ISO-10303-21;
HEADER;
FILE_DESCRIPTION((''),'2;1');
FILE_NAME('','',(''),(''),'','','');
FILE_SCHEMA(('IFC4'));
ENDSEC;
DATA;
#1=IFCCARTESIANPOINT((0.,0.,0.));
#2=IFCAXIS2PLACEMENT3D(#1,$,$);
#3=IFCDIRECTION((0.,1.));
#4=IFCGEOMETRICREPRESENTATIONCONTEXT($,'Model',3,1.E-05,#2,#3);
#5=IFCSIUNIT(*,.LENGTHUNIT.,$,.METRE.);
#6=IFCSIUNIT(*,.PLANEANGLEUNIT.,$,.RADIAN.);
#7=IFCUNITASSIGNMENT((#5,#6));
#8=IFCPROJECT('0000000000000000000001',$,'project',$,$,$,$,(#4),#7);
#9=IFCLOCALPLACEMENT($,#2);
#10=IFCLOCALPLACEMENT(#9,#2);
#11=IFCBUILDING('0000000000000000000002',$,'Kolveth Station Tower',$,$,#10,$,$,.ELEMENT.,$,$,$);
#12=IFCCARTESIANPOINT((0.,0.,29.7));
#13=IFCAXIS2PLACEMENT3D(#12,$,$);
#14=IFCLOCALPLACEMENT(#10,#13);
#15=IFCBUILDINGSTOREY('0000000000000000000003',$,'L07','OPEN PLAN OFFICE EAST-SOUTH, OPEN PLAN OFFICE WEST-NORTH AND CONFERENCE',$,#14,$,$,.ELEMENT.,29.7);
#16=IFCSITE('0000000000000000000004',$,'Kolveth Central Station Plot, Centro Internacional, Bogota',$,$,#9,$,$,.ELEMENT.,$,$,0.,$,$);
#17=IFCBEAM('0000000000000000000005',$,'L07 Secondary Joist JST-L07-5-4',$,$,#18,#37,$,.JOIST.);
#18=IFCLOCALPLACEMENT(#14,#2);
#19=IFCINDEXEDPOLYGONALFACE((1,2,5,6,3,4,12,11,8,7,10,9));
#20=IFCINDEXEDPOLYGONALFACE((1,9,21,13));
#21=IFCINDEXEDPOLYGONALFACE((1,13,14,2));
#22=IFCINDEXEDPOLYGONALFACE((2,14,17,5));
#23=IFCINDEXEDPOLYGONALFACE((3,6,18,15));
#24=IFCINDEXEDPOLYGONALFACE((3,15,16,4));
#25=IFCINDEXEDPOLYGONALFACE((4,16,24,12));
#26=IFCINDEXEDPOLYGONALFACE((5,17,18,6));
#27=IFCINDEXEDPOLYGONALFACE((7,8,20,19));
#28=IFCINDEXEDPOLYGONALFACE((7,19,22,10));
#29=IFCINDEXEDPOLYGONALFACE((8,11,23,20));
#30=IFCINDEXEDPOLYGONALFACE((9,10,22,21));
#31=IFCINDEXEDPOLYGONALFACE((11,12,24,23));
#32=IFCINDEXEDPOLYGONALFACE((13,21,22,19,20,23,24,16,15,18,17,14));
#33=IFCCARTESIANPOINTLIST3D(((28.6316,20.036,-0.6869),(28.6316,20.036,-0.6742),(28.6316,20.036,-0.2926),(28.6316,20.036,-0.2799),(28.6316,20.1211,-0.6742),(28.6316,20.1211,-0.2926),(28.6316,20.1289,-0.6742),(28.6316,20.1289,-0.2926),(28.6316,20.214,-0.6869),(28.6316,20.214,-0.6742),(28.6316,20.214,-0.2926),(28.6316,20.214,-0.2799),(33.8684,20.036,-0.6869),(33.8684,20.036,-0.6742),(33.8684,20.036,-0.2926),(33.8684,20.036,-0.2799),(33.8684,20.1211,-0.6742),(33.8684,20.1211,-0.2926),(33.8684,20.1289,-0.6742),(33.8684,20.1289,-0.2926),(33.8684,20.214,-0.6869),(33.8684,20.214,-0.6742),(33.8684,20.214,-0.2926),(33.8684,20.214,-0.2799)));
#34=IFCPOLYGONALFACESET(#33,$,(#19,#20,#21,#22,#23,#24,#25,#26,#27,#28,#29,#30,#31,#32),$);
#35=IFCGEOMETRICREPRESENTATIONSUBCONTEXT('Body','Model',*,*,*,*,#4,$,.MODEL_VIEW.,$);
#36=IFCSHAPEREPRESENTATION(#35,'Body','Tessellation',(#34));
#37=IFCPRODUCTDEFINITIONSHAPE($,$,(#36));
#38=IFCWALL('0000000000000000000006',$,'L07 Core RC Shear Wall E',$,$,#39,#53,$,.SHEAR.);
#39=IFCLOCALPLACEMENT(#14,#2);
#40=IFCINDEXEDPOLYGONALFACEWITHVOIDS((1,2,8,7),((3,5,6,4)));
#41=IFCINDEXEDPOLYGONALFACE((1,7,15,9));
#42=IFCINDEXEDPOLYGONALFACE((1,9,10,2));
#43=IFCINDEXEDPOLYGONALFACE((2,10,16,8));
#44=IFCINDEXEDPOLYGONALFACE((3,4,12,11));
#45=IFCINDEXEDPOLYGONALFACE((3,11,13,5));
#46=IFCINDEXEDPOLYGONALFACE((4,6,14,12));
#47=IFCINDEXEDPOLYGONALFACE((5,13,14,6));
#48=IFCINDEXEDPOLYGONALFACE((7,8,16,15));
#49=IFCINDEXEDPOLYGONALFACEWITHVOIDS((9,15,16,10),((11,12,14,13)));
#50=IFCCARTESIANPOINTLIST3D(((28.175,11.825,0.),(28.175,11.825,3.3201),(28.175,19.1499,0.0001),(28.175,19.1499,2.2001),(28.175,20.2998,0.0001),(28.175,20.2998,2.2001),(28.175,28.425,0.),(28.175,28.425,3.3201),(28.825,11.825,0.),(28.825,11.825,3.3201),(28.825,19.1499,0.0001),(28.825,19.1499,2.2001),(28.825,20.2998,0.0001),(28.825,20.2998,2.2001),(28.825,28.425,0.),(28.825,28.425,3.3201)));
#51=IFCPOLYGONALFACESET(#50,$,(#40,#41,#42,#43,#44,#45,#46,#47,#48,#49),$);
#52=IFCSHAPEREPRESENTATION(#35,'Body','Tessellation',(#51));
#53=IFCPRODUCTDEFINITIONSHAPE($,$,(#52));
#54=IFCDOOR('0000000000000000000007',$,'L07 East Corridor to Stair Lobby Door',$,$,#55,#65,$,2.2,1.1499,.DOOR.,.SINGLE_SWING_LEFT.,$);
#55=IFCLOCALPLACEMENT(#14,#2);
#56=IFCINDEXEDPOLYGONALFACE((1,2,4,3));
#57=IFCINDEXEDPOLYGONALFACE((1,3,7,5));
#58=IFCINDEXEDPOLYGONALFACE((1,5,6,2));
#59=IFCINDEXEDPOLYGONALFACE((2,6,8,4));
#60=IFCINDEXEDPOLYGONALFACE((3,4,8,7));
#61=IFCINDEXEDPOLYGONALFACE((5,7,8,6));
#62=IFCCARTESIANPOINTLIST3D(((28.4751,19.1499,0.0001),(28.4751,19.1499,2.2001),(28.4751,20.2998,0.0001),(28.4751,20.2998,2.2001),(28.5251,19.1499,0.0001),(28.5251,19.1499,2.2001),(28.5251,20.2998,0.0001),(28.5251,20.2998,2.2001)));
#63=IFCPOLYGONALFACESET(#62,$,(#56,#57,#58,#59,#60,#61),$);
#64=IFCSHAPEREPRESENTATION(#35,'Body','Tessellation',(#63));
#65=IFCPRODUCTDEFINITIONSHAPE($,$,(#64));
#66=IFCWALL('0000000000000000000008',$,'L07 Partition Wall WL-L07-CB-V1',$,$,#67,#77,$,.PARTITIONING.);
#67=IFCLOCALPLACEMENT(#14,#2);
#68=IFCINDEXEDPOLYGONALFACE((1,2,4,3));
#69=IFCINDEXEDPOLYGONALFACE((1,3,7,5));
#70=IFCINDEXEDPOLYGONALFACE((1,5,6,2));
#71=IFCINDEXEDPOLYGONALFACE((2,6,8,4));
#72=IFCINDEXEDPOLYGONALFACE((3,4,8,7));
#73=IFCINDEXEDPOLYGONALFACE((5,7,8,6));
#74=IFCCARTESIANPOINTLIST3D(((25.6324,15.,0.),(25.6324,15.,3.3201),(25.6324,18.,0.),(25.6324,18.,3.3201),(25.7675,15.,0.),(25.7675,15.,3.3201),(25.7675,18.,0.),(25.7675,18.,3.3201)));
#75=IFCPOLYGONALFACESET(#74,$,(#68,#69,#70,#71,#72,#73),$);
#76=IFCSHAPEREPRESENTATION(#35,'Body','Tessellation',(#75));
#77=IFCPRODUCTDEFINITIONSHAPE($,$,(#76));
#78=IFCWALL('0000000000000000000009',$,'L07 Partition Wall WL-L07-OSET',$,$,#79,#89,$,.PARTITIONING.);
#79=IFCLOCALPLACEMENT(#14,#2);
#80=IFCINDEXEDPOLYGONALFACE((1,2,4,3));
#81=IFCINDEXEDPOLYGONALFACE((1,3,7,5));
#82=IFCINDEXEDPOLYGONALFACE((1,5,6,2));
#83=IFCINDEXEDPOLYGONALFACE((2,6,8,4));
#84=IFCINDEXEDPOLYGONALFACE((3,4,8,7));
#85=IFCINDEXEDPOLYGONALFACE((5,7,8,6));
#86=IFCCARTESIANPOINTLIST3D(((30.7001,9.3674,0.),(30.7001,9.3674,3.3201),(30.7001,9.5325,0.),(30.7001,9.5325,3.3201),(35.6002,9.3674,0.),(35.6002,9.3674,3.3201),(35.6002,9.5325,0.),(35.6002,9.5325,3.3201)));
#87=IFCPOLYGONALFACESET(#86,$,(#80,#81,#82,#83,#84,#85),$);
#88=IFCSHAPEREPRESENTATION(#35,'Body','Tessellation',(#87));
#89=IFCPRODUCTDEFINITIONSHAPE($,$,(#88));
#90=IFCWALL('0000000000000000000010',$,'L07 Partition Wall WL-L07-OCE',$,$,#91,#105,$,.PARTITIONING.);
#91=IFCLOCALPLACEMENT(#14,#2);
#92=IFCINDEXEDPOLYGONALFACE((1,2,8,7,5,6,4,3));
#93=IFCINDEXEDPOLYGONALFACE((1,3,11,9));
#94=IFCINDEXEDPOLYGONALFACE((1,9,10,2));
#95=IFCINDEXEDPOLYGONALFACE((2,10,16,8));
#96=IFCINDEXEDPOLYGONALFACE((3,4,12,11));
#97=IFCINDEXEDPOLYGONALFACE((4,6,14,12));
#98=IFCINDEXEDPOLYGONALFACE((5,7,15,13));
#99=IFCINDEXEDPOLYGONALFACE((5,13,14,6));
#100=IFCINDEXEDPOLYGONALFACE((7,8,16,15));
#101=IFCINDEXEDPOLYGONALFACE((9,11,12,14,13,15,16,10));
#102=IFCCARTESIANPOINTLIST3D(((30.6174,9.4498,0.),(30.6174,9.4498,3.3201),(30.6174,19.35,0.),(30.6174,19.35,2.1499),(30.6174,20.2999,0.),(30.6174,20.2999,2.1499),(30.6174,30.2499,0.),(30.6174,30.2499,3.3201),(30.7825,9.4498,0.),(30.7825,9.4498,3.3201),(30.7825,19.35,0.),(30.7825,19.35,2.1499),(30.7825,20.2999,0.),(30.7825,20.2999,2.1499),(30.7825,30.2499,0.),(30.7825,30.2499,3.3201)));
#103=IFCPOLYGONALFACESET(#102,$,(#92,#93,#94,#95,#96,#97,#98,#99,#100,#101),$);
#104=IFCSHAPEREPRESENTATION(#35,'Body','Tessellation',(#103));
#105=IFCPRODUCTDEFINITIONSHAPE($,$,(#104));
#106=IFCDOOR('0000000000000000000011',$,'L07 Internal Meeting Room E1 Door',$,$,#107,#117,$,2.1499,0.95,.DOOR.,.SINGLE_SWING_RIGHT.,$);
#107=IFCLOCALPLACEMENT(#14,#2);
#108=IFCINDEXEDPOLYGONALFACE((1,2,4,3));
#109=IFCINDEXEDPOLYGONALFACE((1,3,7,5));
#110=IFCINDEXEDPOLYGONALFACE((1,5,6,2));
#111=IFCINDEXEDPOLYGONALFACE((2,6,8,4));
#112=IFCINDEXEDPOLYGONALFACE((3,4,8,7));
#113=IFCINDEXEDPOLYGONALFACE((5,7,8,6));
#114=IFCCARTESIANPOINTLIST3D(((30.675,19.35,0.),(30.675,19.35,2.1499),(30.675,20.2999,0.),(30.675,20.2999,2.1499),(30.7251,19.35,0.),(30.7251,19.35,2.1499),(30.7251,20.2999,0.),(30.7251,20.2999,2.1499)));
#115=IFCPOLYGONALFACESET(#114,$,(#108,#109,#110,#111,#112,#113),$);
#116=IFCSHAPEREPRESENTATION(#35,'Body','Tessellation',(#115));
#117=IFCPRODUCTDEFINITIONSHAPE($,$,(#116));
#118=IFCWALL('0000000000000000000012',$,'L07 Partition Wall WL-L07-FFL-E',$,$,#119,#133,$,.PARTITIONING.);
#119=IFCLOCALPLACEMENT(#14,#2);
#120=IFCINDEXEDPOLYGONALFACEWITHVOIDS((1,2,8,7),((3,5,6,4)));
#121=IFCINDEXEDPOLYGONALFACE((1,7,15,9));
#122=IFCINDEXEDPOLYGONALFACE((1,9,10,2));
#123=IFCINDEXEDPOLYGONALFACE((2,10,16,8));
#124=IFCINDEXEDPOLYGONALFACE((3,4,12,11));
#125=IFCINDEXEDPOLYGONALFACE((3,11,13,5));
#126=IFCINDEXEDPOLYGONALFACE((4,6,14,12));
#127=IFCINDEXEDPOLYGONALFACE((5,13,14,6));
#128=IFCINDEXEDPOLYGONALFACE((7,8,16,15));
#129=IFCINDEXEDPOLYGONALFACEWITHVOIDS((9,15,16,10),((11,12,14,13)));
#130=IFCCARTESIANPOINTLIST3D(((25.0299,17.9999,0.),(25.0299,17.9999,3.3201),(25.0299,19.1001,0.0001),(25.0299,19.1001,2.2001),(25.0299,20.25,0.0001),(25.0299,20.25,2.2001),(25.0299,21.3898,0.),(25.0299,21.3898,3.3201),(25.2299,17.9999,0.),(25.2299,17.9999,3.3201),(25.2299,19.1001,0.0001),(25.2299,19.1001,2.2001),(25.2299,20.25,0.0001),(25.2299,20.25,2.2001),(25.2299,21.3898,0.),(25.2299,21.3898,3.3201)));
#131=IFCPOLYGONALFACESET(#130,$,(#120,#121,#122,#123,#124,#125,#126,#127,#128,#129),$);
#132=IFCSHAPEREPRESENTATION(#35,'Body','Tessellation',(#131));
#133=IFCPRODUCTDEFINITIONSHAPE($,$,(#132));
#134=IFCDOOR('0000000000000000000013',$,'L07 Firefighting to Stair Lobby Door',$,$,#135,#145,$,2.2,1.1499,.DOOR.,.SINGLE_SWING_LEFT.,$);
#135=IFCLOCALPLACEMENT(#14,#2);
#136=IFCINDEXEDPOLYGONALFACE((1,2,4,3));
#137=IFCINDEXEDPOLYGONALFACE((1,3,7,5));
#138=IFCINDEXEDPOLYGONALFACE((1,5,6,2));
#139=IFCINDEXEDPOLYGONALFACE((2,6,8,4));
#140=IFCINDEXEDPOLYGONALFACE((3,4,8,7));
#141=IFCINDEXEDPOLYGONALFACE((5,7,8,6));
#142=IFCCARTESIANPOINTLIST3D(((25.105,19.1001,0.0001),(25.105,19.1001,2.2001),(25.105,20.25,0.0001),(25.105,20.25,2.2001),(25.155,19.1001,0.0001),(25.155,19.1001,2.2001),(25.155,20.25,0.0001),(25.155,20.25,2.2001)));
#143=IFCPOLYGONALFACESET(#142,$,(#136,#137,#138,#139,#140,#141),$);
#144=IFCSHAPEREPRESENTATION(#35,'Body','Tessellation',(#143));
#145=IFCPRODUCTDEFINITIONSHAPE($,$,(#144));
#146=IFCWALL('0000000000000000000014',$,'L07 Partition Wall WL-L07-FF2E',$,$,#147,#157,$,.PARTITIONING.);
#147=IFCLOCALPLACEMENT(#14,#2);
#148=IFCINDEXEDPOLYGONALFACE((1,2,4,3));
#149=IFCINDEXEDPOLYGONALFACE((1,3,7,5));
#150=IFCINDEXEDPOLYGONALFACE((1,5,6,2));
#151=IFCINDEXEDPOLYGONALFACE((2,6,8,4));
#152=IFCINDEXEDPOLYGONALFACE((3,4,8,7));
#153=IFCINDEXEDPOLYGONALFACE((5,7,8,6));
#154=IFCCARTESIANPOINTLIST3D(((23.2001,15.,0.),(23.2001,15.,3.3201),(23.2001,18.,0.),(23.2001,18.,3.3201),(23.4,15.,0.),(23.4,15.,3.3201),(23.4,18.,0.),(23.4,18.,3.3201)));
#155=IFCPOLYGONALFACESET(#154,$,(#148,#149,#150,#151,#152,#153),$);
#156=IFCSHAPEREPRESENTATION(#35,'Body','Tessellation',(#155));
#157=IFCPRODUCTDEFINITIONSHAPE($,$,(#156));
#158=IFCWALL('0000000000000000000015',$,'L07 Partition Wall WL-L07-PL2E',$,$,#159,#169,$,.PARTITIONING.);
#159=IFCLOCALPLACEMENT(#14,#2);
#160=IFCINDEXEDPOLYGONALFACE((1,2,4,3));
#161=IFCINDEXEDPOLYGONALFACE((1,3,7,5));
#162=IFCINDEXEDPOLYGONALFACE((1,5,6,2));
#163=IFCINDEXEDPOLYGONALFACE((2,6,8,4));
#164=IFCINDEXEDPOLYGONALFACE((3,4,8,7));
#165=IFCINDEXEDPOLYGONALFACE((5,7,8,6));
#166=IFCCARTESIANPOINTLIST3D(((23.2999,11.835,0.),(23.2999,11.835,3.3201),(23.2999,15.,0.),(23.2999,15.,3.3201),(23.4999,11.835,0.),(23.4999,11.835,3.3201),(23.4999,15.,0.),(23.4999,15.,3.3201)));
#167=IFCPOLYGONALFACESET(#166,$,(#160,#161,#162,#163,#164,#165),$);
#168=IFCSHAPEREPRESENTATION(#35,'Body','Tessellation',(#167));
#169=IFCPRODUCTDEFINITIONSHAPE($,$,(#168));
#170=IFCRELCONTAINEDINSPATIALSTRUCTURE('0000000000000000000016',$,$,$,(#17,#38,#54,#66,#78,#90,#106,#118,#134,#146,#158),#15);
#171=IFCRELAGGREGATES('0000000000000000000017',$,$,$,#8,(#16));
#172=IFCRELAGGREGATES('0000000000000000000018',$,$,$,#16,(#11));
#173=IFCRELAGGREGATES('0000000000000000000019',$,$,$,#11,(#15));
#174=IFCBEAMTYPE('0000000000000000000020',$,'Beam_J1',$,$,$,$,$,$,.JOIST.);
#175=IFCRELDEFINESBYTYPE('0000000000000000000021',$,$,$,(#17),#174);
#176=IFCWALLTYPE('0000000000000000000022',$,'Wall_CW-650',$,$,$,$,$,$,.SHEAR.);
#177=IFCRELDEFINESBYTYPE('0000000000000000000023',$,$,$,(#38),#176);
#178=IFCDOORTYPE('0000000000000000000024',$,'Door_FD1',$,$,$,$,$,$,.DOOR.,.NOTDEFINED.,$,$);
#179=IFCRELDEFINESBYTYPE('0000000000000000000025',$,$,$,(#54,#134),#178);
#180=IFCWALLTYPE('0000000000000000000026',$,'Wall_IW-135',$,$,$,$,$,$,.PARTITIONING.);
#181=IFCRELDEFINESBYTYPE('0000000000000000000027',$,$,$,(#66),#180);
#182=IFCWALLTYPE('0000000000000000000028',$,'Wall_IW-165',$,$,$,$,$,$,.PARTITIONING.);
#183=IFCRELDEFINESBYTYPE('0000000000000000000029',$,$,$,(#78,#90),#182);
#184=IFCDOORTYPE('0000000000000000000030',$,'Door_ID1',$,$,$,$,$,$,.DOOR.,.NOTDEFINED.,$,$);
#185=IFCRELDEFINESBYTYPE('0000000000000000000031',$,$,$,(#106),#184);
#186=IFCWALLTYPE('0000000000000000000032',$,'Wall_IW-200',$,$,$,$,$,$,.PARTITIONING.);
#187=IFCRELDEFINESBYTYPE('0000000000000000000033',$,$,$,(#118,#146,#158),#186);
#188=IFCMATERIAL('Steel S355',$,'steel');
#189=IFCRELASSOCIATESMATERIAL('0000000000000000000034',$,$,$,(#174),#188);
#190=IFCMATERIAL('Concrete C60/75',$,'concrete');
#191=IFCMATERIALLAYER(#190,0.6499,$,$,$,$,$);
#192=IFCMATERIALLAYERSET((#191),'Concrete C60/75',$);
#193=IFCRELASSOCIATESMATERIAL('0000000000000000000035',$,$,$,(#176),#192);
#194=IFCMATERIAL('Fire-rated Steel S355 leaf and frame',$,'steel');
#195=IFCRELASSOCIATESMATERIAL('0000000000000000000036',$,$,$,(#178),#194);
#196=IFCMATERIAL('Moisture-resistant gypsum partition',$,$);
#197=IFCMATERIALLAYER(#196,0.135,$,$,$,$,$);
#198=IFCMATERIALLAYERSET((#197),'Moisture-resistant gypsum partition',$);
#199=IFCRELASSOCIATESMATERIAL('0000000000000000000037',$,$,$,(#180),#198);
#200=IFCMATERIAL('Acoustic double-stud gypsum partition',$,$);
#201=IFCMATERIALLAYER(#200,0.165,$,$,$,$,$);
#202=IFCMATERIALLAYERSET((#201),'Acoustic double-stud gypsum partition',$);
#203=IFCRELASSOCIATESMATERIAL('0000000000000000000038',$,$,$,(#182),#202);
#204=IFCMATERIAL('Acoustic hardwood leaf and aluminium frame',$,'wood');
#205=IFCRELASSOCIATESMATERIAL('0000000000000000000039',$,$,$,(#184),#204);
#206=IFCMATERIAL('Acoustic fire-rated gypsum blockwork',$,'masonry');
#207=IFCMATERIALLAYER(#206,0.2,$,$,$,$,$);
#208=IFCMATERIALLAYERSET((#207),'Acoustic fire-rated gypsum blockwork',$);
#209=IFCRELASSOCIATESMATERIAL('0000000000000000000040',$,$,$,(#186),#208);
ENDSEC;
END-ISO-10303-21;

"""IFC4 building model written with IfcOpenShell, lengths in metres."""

from ifc_helpers import new_model, si_unit, direction, frame, frame_2d, origin, origin_2d, place, context, subcontext, project, spatial, rectangle, i_section, extrude, source, transform, mapped, material, layer, layer_set, material_profile, profile_set, type_object, element, fill, save


model = new_model("IFC4")

# Units and contexts
model_context = context("Model", 3, precision=1e-05, world=origin(), true_north=direction((0.0, 1.0)))
body_context = subcontext(model_context, "Body", "Model", "MODEL_VIEW")
ifc_project = project(units=[si_unit("LENGTHUNIT", "METRE"), si_unit("PLANEANGLEUNIT", "RADIAN")], contexts=[model_context])

# Site, building, storey
site_placement = place(None, origin())
site = spatial("IfcSite", under=ifc_project, at=site_placement, Name="Kolveth Central Station Plot, Centro Internacional, Bogota", CompositionType="ELEMENT", RefElevation=0.0)
building_placement = place(site_placement, origin())
building = spatial("IfcBuilding", under=site, at=building_placement, Name="Kolveth Station Tower", CompositionType="ELEMENT")
storey_placement = place(building_placement, frame((0.0, 0.0, 29.7)))
storey = spatial("IfcBuildingStorey", under=building, at=storey_placement, Name="L07", Description="OPEN PLAN OFFICE EAST-SOUTH, OPEN PLAN OFFICE WEST-NORTH AND CONFERENCE", CompositionType="ELEMENT", Elevation=29.7)

# Beam
ifc_material_1 = material(Name="Steel S355", Category="steel")
ifc_material_profile_1 = material_profile(ifc_material_1, i_section(OverallWidth=0.178, OverallDepth=0.407, WebThickness=0.0078, FlangeThickness=0.0127, at=origin_2d()), Name="W410x60")
ifc_profile_set_1 = profile_set([ifc_material_profile_1], Name="Steel S355")
beam_type_1 = type_object("IfcBeamType", Name="Beam_J1", PredefinedType="JOIST", material=ifc_profile_set_1)
shared_shape_1 = source(origin(), body_context, "Body", "SweptSolid", [
    extrude(i_section(OverallWidth=0.178, OverallDepth=0.407, WebThickness=0.0078, FlangeThickness=0.0127, at=origin_2d()), origin(), (0.0, 0.0, 1.0), 5.2368),
])
for number, where, z_axis, x_axis, name in (
    (1, (28.6316, 20.125, -0.4834), (1.0, 0.0, 0.0), (0.0, 1.0, 0.0), "L07 Secondary Joist JST-L07-5-4"),
):
    element("IfcBeam", number, at=place(storey_placement, frame(where, z_axis=z_axis, x_axis=x_axis)), inside=storey, type_object=beam_type_1, Name=name, PredefinedType="JOIST", context=body_context, shape_type="MappedRepresentation", body=[
        mapped(shared_shape_1, transform((0.0, 0.0, 0.0), x_axis=(1.0, 0.0, 0.0), y_axis=(0.0, 1.0, 0.0), z_axis=(0.0, 0.0, 1.0), scale=1.0)),
    ])

# Wall, opening, door
ifc_material_2 = material(Name="Concrete C60/75", Category="concrete")
ifc_layer_1 = layer(ifc_material_2, 0.6499)
ifc_layer_set_1 = layer_set([ifc_layer_1], Name="Concrete C60/75")
wall_type_1 = type_object("IfcWallType", Name="Wall_CW-650", PredefinedType="SHEAR", material=ifc_layer_set_1)
wall_1_placement = place(storey_placement, frame((28.5, 11.825, 0.0), z_axis=(0.0, 0.0, 1.0), x_axis=(0.0, 1.0, 0.0)))
wall_1 = element("IfcWall", 2, at=wall_1_placement, inside=storey, type_object=wall_type_1, Name="L07 Core RC Shear Wall E", PredefinedType="SHEAR", context=body_context, shape_type="SweptSolid", body=[
    extrude(rectangle(XDim=16.6001, YDim=0.6499, at=frame_2d((8.3, 0.0))), origin(), (0.0, 0.0, 1.0), 3.3201),
])
opening_1_placement = place(wall_1_placement, frame((7.325, 0.0, 0.0)))
opening_1 = element("IfcOpeningElement", 3, at=opening_1_placement, cuts=wall_1, PredefinedType="OPENING", context=body_context, shape_type="SweptSolid", body=[
    extrude(rectangle(XDim=1.1499, YDim=2.2, at=frame_2d((0.575, 1.1001))), frame((0.0, 0.335, 0.0), z_axis=(0.0, -1.0, 0.0), x_axis=(1.0, 0.0, 0.0)), (0.0, 0.0, 1.0), 0.6699),
])
ifc_material_3 = material(Name="Fire-rated Steel S355 leaf and frame", Category="steel")
door_type_1 = type_object("IfcDoorType", Name="Door_FD1", OperationType="NOTDEFINED", PredefinedType="DOOR", material=ifc_material_3)
door_1_placement = place(opening_1_placement, origin())
door_1 = element("IfcDoor", 4, at=door_1_placement, inside=storey, type_object=door_type_1, Name="L07 East Corridor to Stair Lobby Door", OperationType="SINGLE_SWING_LEFT", OverallHeight=2.2, OverallWidth=1.1499, PredefinedType="DOOR", context=body_context, shape_type="SweptSolid", body=[
    extrude(rectangle(XDim=1.1499, YDim=2.2, at=frame_2d((0.575, 1.1001))), frame((0.0, 0.0249, 0.0), z_axis=(0.0, -1.0, 0.0), x_axis=(1.0, 0.0, 0.0)), (0.0, 0.0, 1.0), 0.05),
])
fill(opening_1, door_1)

# Walls
ifc_material_4 = material(Name="Moisture-resistant gypsum partition")
ifc_layer_2 = layer(ifc_material_4, 0.135)
ifc_layer_set_2 = layer_set([ifc_layer_2], Name="Moisture-resistant gypsum partition")
wall_type_2 = type_object("IfcWallType", Name="Wall_IW-135", PredefinedType="PARTITIONING", material=ifc_layer_set_2)
wall_2_placement = place(storey_placement, frame((25.7, 15.0, 0.0), z_axis=(0.0, 0.0, 1.0), x_axis=(0.0, 1.0, 0.0)))
element("IfcWall", 5, at=wall_2_placement, inside=storey, type_object=wall_type_2, Name="L07 Partition Wall WL-L07-CB-V1", PredefinedType="PARTITIONING", context=body_context, shape_type="SweptSolid", body=[
    extrude(rectangle(XDim=3.0, YDim=0.135, at=frame_2d((1.5, 0.0))), origin(), (0.0, 0.0, 1.0), 3.3201),
])
ifc_material_5 = material(Name="Acoustic double-stud gypsum partition")
ifc_layer_3 = layer(ifc_material_5, 0.165)
ifc_layer_set_3 = layer_set([ifc_layer_3], Name="Acoustic double-stud gypsum partition")
wall_type_3 = type_object("IfcWallType", Name="Wall_IW-165", PredefinedType="PARTITIONING", material=ifc_layer_set_3)
wall_3_placement = place(storey_placement, frame((30.7, 9.45, 0.0), z_axis=(0.0, 0.0, 1.0), x_axis=(1.0, 0.0, 0.0)))
element("IfcWall", 6, at=wall_3_placement, inside=storey, type_object=wall_type_3, Name="L07 Partition Wall WL-L07-OSET", PredefinedType="PARTITIONING", context=body_context, shape_type="SweptSolid", body=[
    extrude(rectangle(XDim=4.9001, YDim=0.165, at=frame_2d((2.4502, 0.0))), origin(), (0.0, 0.0, 1.0), 3.3201),
])

# Walls, openings, doors
wall_4_placement = place(storey_placement, frame((30.7, 9.45, 0.0), z_axis=(0.0, 0.0, 1.0), x_axis=(0.0, 1.0, 0.0)))
wall_4 = element("IfcWall", 7, at=wall_4_placement, inside=storey, type_object=wall_type_3, Name="L07 Partition Wall WL-L07-OCE", PredefinedType="PARTITIONING", context=body_context, shape_type="SweptSolid", body=[
    extrude(rectangle(XDim=20.8, YDim=0.165, at=frame_2d((10.3999, 0.0))), origin(), (0.0, 0.0, 1.0), 3.3201),
])
opening_2_placement = place(wall_4_placement, frame((9.8999, 0.0, 0.0)))
opening_2 = element("IfcOpeningElement", 8, at=opening_2_placement, cuts=wall_4, PredefinedType="OPENING", context=body_context, shape_type="SweptSolid", body=[
    extrude(rectangle(XDim=0.95, YDim=2.1499, at=frame_2d((0.4751, 1.075))), frame((0.0, 0.0925, 0.0), z_axis=(0.0, -1.0, 0.0), x_axis=(1.0, 0.0, 0.0)), (0.0, 0.0, 1.0), 0.1851),
])
ifc_material_6 = material(Name="Acoustic hardwood leaf and aluminium frame", Category="wood")
door_type_2 = type_object("IfcDoorType", Name="Door_ID1", OperationType="NOTDEFINED", PredefinedType="DOOR", material=ifc_material_6)
door_2_placement = place(opening_2_placement, origin())
door_2 = element("IfcDoor", 9, at=door_2_placement, inside=storey, type_object=door_type_2, Name="L07 Internal Meeting Room E1 Door", OperationType="SINGLE_SWING_RIGHT", OverallHeight=2.1499, OverallWidth=0.95, PredefinedType="DOOR", context=body_context, shape_type="SweptSolid", body=[
    extrude(rectangle(XDim=0.95, YDim=2.1499, at=frame_2d((0.4751, 1.075))), frame((0.0, 0.0249, 0.0), z_axis=(0.0, -1.0, 0.0), x_axis=(1.0, 0.0, 0.0)), (0.0, 0.0, 1.0), 0.05),
])
fill(opening_2, door_2)
ifc_material_7 = material(Name="Acoustic fire-rated gypsum blockwork", Category="masonry")
ifc_layer_4 = layer(ifc_material_7, 0.2)
ifc_layer_set_4 = layer_set([ifc_layer_4], Name="Acoustic fire-rated gypsum blockwork")
wall_type_4 = type_object("IfcWallType", Name="Wall_IW-200", PredefinedType="PARTITIONING", material=ifc_layer_set_4)
wall_5_placement = place(storey_placement, frame((25.1299, 18.0, 0.0), z_axis=(0.0, 0.0, 1.0), x_axis=(0.0, 1.0, 0.0)))
wall_5 = element("IfcWall", 10, at=wall_5_placement, inside=storey, type_object=wall_type_4, Name="L07 Partition Wall WL-L07-FFL-E", PredefinedType="PARTITIONING", context=body_context, shape_type="SweptSolid", body=[
    extrude(rectangle(XDim=3.3899, YDim=0.2, at=frame_2d((1.6948, 0.0))), origin(), (0.0, 0.0, 1.0), 3.3201),
])
opening_3_placement = place(wall_5_placement, frame((1.1001, 0.0, 0.0)))
opening_3 = element("IfcOpeningElement", 11, at=opening_3_placement, cuts=wall_5, PredefinedType="OPENING", context=body_context, shape_type="SweptSolid", body=[
    extrude(rectangle(XDim=1.1499, YDim=2.2, at=frame_2d((0.575, 1.1001))), frame((0.0, 0.1099, 0.0), z_axis=(0.0, -1.0, 0.0), x_axis=(1.0, 0.0, 0.0)), (0.0, 0.0, 1.0), 0.22),
])
door_3_placement = place(opening_3_placement, origin())
door_3 = element("IfcDoor", 12, at=door_3_placement, inside=storey, type_object=door_type_1, Name="L07 Firefighting to Stair Lobby Door", OperationType="SINGLE_SWING_LEFT", OverallHeight=2.2, OverallWidth=1.1499, PredefinedType="DOOR", context=body_context, shape_type="SweptSolid", body=[
    extrude(rectangle(XDim=1.1499, YDim=2.2, at=frame_2d((0.575, 1.1001))), frame((0.0, 0.0249, 0.0), z_axis=(0.0, -1.0, 0.0), x_axis=(1.0, 0.0, 0.0)), (0.0, 0.0, 1.0), 0.05),
])
fill(opening_3, door_3)

# Walls
wall_6_placement = place(storey_placement, frame((23.3, 15.0, 0.0), z_axis=(0.0, 0.0, 1.0), x_axis=(0.0, 1.0, 0.0)))
element("IfcWall", 13, at=wall_6_placement, inside=storey, type_object=wall_type_4, Name="L07 Partition Wall WL-L07-FF2E", PredefinedType="PARTITIONING", context=body_context, shape_type="SweptSolid", body=[
    extrude(rectangle(XDim=3.0, YDim=0.2, at=frame_2d((1.5, 0.0))), origin(), (0.0, 0.0, 1.0), 3.3201),
])
for number, where, z_axis, x_axis, name in (
    (14, (23.3999, 11.835, 0.0), (0.0, 0.0, 1.0), (0.0, 1.0, 0.0), "L07 Partition Wall WL-L07-PL2E"),
):
    element("IfcWall", number, at=place(storey_placement, frame(where, z_axis=z_axis, x_axis=x_axis)), inside=storey, type_object=wall_type_4, Name=name, PredefinedType="PARTITIONING", context=body_context, shape_type="SweptSolid", body=[
        extrude(rectangle(XDim=3.165, YDim=0.2, at=frame_2d((1.5825, 0.0))), origin(), (0.0, 0.0, 1.0), 3.3201),
    ])

save(model, "model.ifc")
